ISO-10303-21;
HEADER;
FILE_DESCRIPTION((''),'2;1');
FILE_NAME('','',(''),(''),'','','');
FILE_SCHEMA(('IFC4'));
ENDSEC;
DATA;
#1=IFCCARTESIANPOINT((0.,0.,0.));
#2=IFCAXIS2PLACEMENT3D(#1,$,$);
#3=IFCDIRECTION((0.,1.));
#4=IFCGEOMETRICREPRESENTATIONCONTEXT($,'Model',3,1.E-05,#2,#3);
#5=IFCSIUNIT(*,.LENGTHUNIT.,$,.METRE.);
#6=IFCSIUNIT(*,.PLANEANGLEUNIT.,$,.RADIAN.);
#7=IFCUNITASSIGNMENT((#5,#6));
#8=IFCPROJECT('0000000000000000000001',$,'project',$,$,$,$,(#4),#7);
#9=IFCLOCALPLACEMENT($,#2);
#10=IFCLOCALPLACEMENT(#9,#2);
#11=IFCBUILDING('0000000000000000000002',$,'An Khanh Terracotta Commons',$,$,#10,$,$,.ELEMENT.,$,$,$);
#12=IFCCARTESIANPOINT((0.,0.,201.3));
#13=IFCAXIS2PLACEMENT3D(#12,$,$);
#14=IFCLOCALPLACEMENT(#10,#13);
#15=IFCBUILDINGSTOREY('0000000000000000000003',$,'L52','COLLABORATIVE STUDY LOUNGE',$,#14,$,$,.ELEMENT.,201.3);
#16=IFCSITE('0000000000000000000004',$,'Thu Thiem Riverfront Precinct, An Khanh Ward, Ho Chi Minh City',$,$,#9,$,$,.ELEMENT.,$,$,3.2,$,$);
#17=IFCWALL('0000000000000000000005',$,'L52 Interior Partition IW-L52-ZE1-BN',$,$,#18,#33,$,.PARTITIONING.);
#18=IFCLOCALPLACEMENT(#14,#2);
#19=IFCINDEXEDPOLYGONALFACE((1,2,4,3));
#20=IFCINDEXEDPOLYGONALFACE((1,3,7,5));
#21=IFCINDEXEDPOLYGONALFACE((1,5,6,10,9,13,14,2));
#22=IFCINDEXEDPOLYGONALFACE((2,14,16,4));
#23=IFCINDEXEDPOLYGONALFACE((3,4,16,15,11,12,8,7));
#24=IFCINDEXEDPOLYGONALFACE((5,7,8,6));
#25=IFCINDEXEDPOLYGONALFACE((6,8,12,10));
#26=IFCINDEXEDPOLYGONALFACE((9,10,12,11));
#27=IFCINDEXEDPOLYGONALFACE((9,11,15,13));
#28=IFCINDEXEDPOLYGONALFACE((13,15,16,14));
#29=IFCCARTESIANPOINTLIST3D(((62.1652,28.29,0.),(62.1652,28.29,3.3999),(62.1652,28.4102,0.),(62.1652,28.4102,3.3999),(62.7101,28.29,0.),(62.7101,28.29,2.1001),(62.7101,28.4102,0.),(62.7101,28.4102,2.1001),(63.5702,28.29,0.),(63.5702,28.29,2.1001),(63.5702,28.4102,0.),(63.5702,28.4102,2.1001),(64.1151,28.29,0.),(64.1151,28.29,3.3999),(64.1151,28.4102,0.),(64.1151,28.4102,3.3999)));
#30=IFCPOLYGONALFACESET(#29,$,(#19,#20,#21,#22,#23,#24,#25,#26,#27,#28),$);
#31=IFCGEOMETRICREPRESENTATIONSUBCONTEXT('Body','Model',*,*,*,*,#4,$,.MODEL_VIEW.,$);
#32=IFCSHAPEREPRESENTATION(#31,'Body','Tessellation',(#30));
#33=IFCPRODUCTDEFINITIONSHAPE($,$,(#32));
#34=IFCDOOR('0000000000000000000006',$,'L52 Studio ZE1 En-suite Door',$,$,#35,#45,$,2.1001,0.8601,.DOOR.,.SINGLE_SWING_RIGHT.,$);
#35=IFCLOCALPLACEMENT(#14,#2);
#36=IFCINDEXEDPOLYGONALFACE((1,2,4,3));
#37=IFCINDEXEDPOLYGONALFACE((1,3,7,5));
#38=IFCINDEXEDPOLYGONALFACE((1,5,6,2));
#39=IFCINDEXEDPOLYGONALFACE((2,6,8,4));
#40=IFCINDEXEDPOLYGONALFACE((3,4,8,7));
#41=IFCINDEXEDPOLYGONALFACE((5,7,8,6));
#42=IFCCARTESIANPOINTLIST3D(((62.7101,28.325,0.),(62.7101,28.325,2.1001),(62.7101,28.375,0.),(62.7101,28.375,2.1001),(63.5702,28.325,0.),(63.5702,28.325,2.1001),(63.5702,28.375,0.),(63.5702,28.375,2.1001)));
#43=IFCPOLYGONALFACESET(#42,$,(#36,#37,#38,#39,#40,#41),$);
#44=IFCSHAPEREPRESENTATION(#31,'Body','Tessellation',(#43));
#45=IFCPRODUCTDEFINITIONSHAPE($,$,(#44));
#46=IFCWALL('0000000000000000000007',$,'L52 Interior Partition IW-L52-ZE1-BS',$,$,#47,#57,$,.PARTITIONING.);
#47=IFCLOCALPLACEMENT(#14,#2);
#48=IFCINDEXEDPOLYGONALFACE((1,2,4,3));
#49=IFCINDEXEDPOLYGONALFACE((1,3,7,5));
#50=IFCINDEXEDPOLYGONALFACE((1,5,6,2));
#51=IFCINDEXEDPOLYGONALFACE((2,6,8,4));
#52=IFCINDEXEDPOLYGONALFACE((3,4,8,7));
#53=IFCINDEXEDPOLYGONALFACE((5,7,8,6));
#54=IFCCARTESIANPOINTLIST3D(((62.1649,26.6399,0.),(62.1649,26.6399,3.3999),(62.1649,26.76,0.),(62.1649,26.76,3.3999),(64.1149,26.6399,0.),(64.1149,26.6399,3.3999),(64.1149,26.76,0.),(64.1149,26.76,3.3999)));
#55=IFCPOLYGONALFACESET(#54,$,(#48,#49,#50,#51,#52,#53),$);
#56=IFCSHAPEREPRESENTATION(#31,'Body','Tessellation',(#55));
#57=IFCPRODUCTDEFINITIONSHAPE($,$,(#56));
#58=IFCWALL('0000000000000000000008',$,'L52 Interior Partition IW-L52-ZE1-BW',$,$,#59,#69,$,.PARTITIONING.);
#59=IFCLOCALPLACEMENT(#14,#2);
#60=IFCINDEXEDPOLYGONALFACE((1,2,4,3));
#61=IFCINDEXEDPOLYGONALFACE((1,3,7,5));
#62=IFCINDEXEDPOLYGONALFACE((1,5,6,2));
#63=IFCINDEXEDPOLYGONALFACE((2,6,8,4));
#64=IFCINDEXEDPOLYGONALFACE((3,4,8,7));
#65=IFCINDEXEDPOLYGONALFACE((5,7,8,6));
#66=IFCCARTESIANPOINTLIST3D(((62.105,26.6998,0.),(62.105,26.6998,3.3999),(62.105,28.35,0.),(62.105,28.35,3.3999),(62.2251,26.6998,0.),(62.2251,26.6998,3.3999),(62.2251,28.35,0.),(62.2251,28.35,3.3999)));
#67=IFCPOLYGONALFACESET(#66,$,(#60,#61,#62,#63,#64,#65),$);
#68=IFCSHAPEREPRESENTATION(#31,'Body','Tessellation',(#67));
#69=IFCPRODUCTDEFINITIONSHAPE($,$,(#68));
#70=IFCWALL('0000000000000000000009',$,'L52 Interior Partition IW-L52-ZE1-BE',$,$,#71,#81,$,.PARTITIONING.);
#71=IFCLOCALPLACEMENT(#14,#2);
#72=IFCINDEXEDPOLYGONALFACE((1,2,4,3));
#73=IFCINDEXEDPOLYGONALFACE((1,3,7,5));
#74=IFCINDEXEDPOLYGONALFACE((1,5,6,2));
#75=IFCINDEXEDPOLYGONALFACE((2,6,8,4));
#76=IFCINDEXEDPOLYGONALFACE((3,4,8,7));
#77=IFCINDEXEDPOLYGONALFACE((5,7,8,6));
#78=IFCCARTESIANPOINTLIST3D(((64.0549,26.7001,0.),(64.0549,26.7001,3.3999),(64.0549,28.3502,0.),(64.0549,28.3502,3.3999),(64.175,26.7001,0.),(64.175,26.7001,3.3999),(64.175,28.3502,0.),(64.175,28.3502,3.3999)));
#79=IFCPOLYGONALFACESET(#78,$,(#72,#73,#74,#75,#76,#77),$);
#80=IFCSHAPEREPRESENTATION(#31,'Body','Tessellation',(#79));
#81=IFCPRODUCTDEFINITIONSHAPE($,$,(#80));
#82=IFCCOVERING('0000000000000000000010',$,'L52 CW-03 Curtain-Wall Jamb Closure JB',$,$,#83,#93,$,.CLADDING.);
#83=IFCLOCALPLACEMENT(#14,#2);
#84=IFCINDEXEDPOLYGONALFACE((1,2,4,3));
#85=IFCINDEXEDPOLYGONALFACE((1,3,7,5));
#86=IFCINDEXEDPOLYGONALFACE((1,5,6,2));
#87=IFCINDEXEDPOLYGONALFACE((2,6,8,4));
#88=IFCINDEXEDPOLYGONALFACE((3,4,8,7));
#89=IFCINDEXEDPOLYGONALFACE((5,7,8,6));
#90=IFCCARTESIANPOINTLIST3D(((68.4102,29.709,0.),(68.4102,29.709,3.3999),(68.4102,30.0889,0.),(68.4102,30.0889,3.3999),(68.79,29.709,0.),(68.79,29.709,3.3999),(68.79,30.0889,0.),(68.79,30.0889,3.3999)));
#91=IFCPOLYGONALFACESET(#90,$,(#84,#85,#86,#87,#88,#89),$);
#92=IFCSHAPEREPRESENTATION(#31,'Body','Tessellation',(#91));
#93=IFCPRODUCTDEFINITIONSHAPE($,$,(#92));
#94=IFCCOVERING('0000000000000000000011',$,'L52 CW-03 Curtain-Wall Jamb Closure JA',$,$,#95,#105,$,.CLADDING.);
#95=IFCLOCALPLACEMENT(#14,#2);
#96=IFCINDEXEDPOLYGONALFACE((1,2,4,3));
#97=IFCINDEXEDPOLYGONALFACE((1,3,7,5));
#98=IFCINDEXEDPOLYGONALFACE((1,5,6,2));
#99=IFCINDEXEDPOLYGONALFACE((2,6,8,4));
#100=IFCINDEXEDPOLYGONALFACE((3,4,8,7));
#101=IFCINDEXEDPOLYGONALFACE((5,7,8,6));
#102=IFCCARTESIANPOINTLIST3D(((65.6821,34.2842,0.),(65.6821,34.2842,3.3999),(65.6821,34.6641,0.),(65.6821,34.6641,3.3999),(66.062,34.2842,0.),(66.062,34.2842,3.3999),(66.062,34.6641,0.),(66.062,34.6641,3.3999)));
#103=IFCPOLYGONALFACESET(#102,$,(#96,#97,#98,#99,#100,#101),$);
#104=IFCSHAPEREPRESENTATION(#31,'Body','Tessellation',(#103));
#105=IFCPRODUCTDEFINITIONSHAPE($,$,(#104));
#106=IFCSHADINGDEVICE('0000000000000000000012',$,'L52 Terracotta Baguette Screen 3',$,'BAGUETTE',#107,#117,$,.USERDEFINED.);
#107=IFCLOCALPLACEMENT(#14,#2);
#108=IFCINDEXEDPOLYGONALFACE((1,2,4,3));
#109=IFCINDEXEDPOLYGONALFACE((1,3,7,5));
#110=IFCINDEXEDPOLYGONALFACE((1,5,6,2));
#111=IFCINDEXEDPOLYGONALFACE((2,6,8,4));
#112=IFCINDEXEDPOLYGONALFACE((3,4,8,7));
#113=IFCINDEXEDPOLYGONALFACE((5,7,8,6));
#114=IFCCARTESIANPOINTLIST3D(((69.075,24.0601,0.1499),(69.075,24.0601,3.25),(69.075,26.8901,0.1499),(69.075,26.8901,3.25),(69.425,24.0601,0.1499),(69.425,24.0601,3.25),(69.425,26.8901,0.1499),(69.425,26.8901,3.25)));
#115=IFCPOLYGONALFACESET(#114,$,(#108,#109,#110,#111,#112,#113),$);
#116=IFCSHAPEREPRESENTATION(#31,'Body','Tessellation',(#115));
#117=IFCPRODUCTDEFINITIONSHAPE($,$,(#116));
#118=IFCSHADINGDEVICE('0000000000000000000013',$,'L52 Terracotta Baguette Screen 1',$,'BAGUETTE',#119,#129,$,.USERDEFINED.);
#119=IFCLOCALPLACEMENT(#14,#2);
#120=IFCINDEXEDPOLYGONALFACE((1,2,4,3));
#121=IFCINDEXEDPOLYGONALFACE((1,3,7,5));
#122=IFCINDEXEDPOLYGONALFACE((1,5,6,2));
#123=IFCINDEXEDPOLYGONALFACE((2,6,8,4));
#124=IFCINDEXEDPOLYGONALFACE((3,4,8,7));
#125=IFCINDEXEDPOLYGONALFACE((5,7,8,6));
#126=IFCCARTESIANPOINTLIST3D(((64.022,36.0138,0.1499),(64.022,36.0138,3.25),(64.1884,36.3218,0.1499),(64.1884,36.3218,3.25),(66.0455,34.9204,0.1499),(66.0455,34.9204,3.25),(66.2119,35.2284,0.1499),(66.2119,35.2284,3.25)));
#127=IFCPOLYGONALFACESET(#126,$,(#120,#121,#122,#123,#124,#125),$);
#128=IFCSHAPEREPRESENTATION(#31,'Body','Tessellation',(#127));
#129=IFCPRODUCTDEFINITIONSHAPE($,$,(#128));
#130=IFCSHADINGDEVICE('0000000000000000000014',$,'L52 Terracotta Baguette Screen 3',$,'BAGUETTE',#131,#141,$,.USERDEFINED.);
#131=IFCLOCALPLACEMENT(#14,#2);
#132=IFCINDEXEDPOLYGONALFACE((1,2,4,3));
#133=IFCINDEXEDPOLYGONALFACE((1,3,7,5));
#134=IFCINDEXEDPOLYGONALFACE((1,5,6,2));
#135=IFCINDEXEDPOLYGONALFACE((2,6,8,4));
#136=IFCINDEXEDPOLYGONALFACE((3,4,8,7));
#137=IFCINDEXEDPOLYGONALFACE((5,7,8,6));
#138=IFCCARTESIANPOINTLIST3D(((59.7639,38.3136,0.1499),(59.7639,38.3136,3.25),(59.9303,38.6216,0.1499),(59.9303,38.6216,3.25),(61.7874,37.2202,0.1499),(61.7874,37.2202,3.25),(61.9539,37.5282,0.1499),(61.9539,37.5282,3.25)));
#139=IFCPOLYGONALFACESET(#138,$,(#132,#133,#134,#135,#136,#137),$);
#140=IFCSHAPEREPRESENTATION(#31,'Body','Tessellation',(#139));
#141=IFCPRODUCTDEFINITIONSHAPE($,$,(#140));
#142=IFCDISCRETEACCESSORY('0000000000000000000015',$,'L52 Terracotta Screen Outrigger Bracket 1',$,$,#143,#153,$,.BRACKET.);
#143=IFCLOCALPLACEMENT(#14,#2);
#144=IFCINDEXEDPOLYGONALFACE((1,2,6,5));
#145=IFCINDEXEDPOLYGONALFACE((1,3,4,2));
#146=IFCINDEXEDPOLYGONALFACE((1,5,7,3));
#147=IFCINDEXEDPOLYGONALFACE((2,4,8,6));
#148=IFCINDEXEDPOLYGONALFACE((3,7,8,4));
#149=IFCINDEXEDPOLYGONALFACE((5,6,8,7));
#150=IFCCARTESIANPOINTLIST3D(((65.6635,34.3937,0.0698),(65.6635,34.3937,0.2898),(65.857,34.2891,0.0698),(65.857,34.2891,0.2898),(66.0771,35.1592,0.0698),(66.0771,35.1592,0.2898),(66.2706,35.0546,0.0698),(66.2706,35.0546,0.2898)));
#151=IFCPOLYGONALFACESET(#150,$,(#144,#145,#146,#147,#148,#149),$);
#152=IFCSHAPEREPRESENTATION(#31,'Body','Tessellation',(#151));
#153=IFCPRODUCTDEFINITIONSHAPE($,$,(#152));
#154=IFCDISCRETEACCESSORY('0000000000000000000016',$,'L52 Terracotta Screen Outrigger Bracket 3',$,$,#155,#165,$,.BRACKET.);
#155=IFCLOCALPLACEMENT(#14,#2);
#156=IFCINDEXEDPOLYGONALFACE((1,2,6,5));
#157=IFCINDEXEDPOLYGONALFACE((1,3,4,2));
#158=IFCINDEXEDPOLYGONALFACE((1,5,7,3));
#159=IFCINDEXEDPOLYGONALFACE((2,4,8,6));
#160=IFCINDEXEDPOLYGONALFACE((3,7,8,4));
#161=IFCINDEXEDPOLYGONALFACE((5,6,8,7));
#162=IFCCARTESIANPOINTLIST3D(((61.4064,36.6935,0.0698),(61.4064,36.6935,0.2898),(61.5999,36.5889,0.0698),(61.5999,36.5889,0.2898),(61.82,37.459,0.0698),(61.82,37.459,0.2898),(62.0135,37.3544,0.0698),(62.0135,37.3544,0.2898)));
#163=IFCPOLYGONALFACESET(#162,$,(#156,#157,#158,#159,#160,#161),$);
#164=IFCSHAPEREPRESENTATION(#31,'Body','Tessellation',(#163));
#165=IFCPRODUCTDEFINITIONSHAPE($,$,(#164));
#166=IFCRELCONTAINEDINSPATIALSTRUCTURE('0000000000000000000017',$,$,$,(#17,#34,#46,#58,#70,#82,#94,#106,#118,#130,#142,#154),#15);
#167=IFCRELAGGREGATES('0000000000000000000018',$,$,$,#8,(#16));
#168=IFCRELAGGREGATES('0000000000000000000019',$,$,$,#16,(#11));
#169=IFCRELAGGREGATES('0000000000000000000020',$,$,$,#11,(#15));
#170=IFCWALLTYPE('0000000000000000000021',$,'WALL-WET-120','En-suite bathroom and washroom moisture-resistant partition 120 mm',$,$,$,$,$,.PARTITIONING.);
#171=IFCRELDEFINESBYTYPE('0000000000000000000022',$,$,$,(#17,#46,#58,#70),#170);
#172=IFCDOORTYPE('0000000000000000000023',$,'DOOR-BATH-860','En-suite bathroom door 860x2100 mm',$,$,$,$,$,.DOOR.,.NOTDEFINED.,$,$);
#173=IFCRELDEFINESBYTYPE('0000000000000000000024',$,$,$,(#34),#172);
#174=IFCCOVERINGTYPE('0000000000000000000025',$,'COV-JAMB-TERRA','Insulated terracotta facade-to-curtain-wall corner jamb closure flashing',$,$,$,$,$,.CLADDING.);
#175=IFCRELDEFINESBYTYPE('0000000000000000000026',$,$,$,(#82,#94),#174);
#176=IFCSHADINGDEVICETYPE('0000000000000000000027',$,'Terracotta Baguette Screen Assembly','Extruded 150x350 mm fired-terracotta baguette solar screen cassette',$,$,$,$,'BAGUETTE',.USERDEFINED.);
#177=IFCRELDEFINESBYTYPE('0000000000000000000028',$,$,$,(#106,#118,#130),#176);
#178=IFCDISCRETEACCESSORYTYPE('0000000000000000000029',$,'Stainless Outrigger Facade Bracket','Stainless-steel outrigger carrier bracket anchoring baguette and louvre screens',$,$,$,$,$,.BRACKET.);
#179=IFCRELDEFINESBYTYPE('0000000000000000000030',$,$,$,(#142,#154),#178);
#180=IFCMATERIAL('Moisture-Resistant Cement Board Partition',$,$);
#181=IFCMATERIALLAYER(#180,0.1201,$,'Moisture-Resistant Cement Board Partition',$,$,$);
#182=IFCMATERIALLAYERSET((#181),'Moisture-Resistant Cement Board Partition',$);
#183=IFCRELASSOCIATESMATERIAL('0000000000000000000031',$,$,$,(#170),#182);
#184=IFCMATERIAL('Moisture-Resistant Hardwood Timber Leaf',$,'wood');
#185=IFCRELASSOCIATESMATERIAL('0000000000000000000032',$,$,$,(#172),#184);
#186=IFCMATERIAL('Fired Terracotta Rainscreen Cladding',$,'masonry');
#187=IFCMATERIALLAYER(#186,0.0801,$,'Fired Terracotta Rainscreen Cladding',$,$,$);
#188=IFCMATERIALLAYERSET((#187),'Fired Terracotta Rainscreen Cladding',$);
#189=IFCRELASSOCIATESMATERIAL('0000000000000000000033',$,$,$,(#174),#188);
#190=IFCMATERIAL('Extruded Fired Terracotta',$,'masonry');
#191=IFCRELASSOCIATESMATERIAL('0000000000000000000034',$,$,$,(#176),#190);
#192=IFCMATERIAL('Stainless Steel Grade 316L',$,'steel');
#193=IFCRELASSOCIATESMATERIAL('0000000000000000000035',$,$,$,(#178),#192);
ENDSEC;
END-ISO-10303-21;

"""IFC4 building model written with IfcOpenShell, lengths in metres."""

from ifc_helpers import new_model, si_unit, direction, frame, frame_2d, origin, origin_2d, place, context, subcontext, project, spatial, rectangle, extrude, material, layer, layer_set, type_object, element, fill, save


model = new_model("IFC4")

# Units and contexts
model_context = context("Model", 3, precision=1e-05, world=origin(), true_north=direction((0.0, 1.0)))
body_context = subcontext(model_context, "Body", "Model", "MODEL_VIEW")
ifc_project = project(units=[si_unit("LENGTHUNIT", "METRE"), si_unit("PLANEANGLEUNIT", "RADIAN")], contexts=[model_context])

# Site, building, storey
site_placement = place(None, origin())
site = spatial("IfcSite", under=ifc_project, at=site_placement, Name="Thu Thiem Riverfront Precinct, An Khanh Ward, Ho Chi Minh City", CompositionType="ELEMENT", RefElevation=3.2)
building_placement = place(site_placement, origin())
building = spatial("IfcBuilding", under=site, at=building_placement, Name="An Khanh Terracotta Commons", CompositionType="ELEMENT")
storey_placement = place(building_placement, frame((0.0, 0.0, 201.3)))
storey = spatial("IfcBuildingStorey", under=building, at=storey_placement, Name="L52", Description="COLLABORATIVE STUDY LOUNGE", CompositionType="ELEMENT", Elevation=201.3)

# Wall, opening, door
ifc_material_1 = material(Name="Moisture-Resistant Cement Board Partition")
ifc_layer_1 = layer(ifc_material_1, 0.1201, Name="Moisture-Resistant Cement Board Partition")
ifc_layer_set_1 = layer_set([ifc_layer_1], Name="Moisture-Resistant Cement Board Partition")
wall_type_1 = type_object("IfcWallType", Name="WALL-WET-120", Description="En-suite bathroom and washroom moisture-resistant partition 120 mm", PredefinedType="PARTITIONING", material=ifc_layer_set_1)
wall_1_placement = place(storey_placement, frame((62.165, 28.3501, 0.0), z_axis=(0.0, 0.0, 1.0), x_axis=(1.0, 0.0, 0.0)))
wall_1 = element("IfcWall", 1, at=wall_1_placement, inside=storey, type_object=wall_type_1, Name="L52 Interior Partition IW-L52-ZE1-BN", PredefinedType="PARTITIONING", context=body_context, shape_type="SweptSolid", body=[
    extrude(rectangle(XDim=1.95, YDim=0.1201, at=frame_2d((0.9751, 0.0))), origin(), (0.0, 0.0, 1.0), 3.3999),
])
opening_placement = place(wall_1_placement, frame((0.5449, 0.0, 0.0)))
opening = element("IfcOpeningElement", 2, at=opening_placement, cuts=wall_1, PredefinedType="OPENING", context=body_context, shape_type="SweptSolid", body=[
    extrude(rectangle(XDim=0.8601, YDim=2.1001, at=frame_2d((0.4302, 1.05))), frame((0.0, 0.0701, 0.0), z_axis=(0.0, -1.0, 0.0), x_axis=(1.0, 0.0, 0.0)), (0.0, 0.0, 1.0), 0.1401),
])
ifc_material_2 = material(Name="Moisture-Resistant Hardwood Timber Leaf", Category="wood")
door_type = type_object("IfcDoorType", Name="DOOR-BATH-860", Description="En-suite bathroom door 860x2100 mm", OperationType="NOTDEFINED", PredefinedType="DOOR", material=ifc_material_2)
door_placement = place(opening_placement, origin())
door = element("IfcDoor", 3, at=door_placement, inside=storey, type_object=door_type, Name="L52 Studio ZE1 En-suite Door", OperationType="SINGLE_SWING_RIGHT", OverallHeight=2.1001, OverallWidth=0.8601, PredefinedType="DOOR", context=body_context, shape_type="SweptSolid", body=[
    extrude(rectangle(XDim=0.8601, YDim=2.1001, at=frame_2d((0.4302, 1.05))), frame((0.0, 0.0249, 0.0), z_axis=(0.0, -1.0, 0.0), x_axis=(1.0, 0.0, 0.0)), (0.0, 0.0, 1.0), 0.05),
])
fill(opening, door)

# Walls
wall_2_placement = place(storey_placement, frame((64.115, 26.7, 0.0), z_axis=(0.0, 0.0, 1.0), x_axis=(-1.0, 0.0, 0.0)))
element("IfcWall", 4, at=wall_2_placement, inside=storey, type_object=wall_type_1, Name="L52 Interior Partition IW-L52-ZE1-BS", PredefinedType="PARTITIONING", context=body_context, shape_type="SweptSolid", body=[
    extrude(rectangle(XDim=1.95, YDim=0.1201, at=frame_2d((0.9751, 0.0))), origin(), (0.0, 0.0, 1.0), 3.3999),
])
for number, where, z_axis, x_axis, name in (
    (5, (62.165, 28.3501, 0.0), (0.0, 0.0, 1.0), (0.0, -1.0, 0.0), "L52 Interior Partition IW-L52-ZE1-BW"),
    (6, (64.115, 26.7, 0.0), (0.0, 0.0, 1.0), (0.0, 1.0, 0.0), "L52 Interior Partition IW-L52-ZE1-BE"),
):
    element("IfcWall", number, at=place(storey_placement, frame(where, z_axis=z_axis, x_axis=x_axis)), inside=storey, type_object=wall_type_1, Name=name, PredefinedType="PARTITIONING", context=body_context, shape_type="SweptSolid", body=[
        extrude(rectangle(XDim=1.6501, YDim=0.1201, at=frame_2d((0.8252, 0.0))), origin(), (0.0, 0.0, 1.0), 3.3999),
    ])

# Coverings
ifc_material_3 = material(Name="Fired Terracotta Rainscreen Cladding", Category="masonry")
ifc_layer_2 = layer(ifc_material_3, 0.0801, Name="Fired Terracotta Rainscreen Cladding")
ifc_layer_set_2 = layer_set([ifc_layer_2], Name="Fired Terracotta Rainscreen Cladding")
covering_type = type_object("IfcCoveringType", Name="COV-JAMB-TERRA", Description="Insulated terracotta facade-to-curtain-wall corner jamb closure flashing", PredefinedType="CLADDING", material=ifc_layer_set_2)
for number, where, z_axis, x_axis, name in (
    (7, (68.6001, 29.8989, 0.0), (0.0, 0.0, 1.0), (1.0, 0.0, 0.0), "L52 CW-03 Curtain-Wall Jamb Closure JB"),
    (8, (65.8721, 34.4741, 0.0), (0.0, 0.0, 1.0), (1.0, 0.0, 0.0), "L52 CW-03 Curtain-Wall Jamb Closure JA"),
):
    element("IfcCovering", number, at=place(storey_placement, frame(where, z_axis=z_axis, x_axis=x_axis)), inside=storey, type_object=covering_type, Name=name, PredefinedType="CLADDING", context=body_context, shape_type="SweptSolid", body=[
        extrude(rectangle(XDim=0.3799, YDim=0.3799, at=origin_2d()), origin(), (0.0, 0.0, 1.0), 3.3999),
    ])

# Shading devices
ifc_material_4 = material(Name="Extruded Fired Terracotta", Category="masonry")
shading_device_type = type_object("IfcShadingDeviceType", Name="Terracotta Baguette Screen Assembly", Description="Extruded 150x350 mm fired-terracotta baguette solar screen cassette", ElementType="BAGUETTE", PredefinedType="USERDEFINED", material=ifc_material_4)
shading_device_placement = place(storey_placement, frame((69.25, 25.4751, 0.1499), z_axis=(0.0, 0.0, 1.0), x_axis=(0.0, 1.0, 0.0)))
element("IfcShadingDevice", 9, at=shading_device_placement, inside=storey, type_object=shading_device_type, Name="L52 Terracotta Baguette Screen 3", ObjectType="BAGUETTE", PredefinedType="USERDEFINED", context=body_context, shape_type="SweptSolid", body=[
    extrude(rectangle(XDim=2.8301, YDim=0.3501, at=origin_2d()), origin(), (0.0, 0.0, 1.0), 3.1001),
])
for number, where, z_axis, x_axis, name in (
    (10, (65.1169, 35.6211, 0.1499), (0.0, 0.0, 1.0), (-0.87978, 0.475381, 0.0), "L52 Terracotta Baguette Screen 1"),
    (11, (60.8589, 37.9209, 0.1499), (0.0, 0.0, 1.0), (-0.87978, 0.475381, 0.0), "L52 Terracotta Baguette Screen 3"),
):
    element("IfcShadingDevice", number, at=place(storey_placement, frame(where, z_axis=z_axis, x_axis=x_axis)), inside=storey, type_object=shading_device_type, Name=name, ObjectType="BAGUETTE", PredefinedType="USERDEFINED", context=body_context, shape_type="SweptSolid", body=[
        extrude(rectangle(XDim=2.3, YDim=0.3501, at=origin_2d()), origin(), (0.0, 0.0, 1.0), 3.1001),
    ])

# Discrete accessories
ifc_material_5 = material(Name="Stainless Steel Grade 316L", Category="steel")
discrete_accessory_type = type_object("IfcDiscreteAccessoryType", Name="Stainless Outrigger Facade Bracket", Description="Stainless-steel outrigger carrier bracket anchoring baguette and louvre screens", PredefinedType="BRACKET", material=ifc_material_5)
for number, where, z_axis, x_axis, name in (
    (12, (65.967, 34.7241, 0.0698), (0.0, 0.0, 1.0), (-0.87978, 0.475381, 0.0), "L52 Terracotta Screen Outrigger Bracket 1"),
    (13, (61.71, 37.0239, 0.0698), (0.0, 0.0, 1.0), (-0.87978, 0.475381, 0.0), "L52 Terracotta Screen Outrigger Bracket 3"),
):
    element("IfcDiscreteAccessory", number, at=place(storey_placement, frame(where, z_axis=z_axis, x_axis=x_axis)), inside=storey, type_object=discrete_accessory_type, Name=name, PredefinedType="BRACKET", context=body_context, shape_type="SweptSolid", body=[
        extrude(rectangle(XDim=0.22, YDim=0.8701, at=origin_2d()), origin(), (0.0, 0.0, 1.0), 0.22),
    ])

save(model, "model.ifc")
